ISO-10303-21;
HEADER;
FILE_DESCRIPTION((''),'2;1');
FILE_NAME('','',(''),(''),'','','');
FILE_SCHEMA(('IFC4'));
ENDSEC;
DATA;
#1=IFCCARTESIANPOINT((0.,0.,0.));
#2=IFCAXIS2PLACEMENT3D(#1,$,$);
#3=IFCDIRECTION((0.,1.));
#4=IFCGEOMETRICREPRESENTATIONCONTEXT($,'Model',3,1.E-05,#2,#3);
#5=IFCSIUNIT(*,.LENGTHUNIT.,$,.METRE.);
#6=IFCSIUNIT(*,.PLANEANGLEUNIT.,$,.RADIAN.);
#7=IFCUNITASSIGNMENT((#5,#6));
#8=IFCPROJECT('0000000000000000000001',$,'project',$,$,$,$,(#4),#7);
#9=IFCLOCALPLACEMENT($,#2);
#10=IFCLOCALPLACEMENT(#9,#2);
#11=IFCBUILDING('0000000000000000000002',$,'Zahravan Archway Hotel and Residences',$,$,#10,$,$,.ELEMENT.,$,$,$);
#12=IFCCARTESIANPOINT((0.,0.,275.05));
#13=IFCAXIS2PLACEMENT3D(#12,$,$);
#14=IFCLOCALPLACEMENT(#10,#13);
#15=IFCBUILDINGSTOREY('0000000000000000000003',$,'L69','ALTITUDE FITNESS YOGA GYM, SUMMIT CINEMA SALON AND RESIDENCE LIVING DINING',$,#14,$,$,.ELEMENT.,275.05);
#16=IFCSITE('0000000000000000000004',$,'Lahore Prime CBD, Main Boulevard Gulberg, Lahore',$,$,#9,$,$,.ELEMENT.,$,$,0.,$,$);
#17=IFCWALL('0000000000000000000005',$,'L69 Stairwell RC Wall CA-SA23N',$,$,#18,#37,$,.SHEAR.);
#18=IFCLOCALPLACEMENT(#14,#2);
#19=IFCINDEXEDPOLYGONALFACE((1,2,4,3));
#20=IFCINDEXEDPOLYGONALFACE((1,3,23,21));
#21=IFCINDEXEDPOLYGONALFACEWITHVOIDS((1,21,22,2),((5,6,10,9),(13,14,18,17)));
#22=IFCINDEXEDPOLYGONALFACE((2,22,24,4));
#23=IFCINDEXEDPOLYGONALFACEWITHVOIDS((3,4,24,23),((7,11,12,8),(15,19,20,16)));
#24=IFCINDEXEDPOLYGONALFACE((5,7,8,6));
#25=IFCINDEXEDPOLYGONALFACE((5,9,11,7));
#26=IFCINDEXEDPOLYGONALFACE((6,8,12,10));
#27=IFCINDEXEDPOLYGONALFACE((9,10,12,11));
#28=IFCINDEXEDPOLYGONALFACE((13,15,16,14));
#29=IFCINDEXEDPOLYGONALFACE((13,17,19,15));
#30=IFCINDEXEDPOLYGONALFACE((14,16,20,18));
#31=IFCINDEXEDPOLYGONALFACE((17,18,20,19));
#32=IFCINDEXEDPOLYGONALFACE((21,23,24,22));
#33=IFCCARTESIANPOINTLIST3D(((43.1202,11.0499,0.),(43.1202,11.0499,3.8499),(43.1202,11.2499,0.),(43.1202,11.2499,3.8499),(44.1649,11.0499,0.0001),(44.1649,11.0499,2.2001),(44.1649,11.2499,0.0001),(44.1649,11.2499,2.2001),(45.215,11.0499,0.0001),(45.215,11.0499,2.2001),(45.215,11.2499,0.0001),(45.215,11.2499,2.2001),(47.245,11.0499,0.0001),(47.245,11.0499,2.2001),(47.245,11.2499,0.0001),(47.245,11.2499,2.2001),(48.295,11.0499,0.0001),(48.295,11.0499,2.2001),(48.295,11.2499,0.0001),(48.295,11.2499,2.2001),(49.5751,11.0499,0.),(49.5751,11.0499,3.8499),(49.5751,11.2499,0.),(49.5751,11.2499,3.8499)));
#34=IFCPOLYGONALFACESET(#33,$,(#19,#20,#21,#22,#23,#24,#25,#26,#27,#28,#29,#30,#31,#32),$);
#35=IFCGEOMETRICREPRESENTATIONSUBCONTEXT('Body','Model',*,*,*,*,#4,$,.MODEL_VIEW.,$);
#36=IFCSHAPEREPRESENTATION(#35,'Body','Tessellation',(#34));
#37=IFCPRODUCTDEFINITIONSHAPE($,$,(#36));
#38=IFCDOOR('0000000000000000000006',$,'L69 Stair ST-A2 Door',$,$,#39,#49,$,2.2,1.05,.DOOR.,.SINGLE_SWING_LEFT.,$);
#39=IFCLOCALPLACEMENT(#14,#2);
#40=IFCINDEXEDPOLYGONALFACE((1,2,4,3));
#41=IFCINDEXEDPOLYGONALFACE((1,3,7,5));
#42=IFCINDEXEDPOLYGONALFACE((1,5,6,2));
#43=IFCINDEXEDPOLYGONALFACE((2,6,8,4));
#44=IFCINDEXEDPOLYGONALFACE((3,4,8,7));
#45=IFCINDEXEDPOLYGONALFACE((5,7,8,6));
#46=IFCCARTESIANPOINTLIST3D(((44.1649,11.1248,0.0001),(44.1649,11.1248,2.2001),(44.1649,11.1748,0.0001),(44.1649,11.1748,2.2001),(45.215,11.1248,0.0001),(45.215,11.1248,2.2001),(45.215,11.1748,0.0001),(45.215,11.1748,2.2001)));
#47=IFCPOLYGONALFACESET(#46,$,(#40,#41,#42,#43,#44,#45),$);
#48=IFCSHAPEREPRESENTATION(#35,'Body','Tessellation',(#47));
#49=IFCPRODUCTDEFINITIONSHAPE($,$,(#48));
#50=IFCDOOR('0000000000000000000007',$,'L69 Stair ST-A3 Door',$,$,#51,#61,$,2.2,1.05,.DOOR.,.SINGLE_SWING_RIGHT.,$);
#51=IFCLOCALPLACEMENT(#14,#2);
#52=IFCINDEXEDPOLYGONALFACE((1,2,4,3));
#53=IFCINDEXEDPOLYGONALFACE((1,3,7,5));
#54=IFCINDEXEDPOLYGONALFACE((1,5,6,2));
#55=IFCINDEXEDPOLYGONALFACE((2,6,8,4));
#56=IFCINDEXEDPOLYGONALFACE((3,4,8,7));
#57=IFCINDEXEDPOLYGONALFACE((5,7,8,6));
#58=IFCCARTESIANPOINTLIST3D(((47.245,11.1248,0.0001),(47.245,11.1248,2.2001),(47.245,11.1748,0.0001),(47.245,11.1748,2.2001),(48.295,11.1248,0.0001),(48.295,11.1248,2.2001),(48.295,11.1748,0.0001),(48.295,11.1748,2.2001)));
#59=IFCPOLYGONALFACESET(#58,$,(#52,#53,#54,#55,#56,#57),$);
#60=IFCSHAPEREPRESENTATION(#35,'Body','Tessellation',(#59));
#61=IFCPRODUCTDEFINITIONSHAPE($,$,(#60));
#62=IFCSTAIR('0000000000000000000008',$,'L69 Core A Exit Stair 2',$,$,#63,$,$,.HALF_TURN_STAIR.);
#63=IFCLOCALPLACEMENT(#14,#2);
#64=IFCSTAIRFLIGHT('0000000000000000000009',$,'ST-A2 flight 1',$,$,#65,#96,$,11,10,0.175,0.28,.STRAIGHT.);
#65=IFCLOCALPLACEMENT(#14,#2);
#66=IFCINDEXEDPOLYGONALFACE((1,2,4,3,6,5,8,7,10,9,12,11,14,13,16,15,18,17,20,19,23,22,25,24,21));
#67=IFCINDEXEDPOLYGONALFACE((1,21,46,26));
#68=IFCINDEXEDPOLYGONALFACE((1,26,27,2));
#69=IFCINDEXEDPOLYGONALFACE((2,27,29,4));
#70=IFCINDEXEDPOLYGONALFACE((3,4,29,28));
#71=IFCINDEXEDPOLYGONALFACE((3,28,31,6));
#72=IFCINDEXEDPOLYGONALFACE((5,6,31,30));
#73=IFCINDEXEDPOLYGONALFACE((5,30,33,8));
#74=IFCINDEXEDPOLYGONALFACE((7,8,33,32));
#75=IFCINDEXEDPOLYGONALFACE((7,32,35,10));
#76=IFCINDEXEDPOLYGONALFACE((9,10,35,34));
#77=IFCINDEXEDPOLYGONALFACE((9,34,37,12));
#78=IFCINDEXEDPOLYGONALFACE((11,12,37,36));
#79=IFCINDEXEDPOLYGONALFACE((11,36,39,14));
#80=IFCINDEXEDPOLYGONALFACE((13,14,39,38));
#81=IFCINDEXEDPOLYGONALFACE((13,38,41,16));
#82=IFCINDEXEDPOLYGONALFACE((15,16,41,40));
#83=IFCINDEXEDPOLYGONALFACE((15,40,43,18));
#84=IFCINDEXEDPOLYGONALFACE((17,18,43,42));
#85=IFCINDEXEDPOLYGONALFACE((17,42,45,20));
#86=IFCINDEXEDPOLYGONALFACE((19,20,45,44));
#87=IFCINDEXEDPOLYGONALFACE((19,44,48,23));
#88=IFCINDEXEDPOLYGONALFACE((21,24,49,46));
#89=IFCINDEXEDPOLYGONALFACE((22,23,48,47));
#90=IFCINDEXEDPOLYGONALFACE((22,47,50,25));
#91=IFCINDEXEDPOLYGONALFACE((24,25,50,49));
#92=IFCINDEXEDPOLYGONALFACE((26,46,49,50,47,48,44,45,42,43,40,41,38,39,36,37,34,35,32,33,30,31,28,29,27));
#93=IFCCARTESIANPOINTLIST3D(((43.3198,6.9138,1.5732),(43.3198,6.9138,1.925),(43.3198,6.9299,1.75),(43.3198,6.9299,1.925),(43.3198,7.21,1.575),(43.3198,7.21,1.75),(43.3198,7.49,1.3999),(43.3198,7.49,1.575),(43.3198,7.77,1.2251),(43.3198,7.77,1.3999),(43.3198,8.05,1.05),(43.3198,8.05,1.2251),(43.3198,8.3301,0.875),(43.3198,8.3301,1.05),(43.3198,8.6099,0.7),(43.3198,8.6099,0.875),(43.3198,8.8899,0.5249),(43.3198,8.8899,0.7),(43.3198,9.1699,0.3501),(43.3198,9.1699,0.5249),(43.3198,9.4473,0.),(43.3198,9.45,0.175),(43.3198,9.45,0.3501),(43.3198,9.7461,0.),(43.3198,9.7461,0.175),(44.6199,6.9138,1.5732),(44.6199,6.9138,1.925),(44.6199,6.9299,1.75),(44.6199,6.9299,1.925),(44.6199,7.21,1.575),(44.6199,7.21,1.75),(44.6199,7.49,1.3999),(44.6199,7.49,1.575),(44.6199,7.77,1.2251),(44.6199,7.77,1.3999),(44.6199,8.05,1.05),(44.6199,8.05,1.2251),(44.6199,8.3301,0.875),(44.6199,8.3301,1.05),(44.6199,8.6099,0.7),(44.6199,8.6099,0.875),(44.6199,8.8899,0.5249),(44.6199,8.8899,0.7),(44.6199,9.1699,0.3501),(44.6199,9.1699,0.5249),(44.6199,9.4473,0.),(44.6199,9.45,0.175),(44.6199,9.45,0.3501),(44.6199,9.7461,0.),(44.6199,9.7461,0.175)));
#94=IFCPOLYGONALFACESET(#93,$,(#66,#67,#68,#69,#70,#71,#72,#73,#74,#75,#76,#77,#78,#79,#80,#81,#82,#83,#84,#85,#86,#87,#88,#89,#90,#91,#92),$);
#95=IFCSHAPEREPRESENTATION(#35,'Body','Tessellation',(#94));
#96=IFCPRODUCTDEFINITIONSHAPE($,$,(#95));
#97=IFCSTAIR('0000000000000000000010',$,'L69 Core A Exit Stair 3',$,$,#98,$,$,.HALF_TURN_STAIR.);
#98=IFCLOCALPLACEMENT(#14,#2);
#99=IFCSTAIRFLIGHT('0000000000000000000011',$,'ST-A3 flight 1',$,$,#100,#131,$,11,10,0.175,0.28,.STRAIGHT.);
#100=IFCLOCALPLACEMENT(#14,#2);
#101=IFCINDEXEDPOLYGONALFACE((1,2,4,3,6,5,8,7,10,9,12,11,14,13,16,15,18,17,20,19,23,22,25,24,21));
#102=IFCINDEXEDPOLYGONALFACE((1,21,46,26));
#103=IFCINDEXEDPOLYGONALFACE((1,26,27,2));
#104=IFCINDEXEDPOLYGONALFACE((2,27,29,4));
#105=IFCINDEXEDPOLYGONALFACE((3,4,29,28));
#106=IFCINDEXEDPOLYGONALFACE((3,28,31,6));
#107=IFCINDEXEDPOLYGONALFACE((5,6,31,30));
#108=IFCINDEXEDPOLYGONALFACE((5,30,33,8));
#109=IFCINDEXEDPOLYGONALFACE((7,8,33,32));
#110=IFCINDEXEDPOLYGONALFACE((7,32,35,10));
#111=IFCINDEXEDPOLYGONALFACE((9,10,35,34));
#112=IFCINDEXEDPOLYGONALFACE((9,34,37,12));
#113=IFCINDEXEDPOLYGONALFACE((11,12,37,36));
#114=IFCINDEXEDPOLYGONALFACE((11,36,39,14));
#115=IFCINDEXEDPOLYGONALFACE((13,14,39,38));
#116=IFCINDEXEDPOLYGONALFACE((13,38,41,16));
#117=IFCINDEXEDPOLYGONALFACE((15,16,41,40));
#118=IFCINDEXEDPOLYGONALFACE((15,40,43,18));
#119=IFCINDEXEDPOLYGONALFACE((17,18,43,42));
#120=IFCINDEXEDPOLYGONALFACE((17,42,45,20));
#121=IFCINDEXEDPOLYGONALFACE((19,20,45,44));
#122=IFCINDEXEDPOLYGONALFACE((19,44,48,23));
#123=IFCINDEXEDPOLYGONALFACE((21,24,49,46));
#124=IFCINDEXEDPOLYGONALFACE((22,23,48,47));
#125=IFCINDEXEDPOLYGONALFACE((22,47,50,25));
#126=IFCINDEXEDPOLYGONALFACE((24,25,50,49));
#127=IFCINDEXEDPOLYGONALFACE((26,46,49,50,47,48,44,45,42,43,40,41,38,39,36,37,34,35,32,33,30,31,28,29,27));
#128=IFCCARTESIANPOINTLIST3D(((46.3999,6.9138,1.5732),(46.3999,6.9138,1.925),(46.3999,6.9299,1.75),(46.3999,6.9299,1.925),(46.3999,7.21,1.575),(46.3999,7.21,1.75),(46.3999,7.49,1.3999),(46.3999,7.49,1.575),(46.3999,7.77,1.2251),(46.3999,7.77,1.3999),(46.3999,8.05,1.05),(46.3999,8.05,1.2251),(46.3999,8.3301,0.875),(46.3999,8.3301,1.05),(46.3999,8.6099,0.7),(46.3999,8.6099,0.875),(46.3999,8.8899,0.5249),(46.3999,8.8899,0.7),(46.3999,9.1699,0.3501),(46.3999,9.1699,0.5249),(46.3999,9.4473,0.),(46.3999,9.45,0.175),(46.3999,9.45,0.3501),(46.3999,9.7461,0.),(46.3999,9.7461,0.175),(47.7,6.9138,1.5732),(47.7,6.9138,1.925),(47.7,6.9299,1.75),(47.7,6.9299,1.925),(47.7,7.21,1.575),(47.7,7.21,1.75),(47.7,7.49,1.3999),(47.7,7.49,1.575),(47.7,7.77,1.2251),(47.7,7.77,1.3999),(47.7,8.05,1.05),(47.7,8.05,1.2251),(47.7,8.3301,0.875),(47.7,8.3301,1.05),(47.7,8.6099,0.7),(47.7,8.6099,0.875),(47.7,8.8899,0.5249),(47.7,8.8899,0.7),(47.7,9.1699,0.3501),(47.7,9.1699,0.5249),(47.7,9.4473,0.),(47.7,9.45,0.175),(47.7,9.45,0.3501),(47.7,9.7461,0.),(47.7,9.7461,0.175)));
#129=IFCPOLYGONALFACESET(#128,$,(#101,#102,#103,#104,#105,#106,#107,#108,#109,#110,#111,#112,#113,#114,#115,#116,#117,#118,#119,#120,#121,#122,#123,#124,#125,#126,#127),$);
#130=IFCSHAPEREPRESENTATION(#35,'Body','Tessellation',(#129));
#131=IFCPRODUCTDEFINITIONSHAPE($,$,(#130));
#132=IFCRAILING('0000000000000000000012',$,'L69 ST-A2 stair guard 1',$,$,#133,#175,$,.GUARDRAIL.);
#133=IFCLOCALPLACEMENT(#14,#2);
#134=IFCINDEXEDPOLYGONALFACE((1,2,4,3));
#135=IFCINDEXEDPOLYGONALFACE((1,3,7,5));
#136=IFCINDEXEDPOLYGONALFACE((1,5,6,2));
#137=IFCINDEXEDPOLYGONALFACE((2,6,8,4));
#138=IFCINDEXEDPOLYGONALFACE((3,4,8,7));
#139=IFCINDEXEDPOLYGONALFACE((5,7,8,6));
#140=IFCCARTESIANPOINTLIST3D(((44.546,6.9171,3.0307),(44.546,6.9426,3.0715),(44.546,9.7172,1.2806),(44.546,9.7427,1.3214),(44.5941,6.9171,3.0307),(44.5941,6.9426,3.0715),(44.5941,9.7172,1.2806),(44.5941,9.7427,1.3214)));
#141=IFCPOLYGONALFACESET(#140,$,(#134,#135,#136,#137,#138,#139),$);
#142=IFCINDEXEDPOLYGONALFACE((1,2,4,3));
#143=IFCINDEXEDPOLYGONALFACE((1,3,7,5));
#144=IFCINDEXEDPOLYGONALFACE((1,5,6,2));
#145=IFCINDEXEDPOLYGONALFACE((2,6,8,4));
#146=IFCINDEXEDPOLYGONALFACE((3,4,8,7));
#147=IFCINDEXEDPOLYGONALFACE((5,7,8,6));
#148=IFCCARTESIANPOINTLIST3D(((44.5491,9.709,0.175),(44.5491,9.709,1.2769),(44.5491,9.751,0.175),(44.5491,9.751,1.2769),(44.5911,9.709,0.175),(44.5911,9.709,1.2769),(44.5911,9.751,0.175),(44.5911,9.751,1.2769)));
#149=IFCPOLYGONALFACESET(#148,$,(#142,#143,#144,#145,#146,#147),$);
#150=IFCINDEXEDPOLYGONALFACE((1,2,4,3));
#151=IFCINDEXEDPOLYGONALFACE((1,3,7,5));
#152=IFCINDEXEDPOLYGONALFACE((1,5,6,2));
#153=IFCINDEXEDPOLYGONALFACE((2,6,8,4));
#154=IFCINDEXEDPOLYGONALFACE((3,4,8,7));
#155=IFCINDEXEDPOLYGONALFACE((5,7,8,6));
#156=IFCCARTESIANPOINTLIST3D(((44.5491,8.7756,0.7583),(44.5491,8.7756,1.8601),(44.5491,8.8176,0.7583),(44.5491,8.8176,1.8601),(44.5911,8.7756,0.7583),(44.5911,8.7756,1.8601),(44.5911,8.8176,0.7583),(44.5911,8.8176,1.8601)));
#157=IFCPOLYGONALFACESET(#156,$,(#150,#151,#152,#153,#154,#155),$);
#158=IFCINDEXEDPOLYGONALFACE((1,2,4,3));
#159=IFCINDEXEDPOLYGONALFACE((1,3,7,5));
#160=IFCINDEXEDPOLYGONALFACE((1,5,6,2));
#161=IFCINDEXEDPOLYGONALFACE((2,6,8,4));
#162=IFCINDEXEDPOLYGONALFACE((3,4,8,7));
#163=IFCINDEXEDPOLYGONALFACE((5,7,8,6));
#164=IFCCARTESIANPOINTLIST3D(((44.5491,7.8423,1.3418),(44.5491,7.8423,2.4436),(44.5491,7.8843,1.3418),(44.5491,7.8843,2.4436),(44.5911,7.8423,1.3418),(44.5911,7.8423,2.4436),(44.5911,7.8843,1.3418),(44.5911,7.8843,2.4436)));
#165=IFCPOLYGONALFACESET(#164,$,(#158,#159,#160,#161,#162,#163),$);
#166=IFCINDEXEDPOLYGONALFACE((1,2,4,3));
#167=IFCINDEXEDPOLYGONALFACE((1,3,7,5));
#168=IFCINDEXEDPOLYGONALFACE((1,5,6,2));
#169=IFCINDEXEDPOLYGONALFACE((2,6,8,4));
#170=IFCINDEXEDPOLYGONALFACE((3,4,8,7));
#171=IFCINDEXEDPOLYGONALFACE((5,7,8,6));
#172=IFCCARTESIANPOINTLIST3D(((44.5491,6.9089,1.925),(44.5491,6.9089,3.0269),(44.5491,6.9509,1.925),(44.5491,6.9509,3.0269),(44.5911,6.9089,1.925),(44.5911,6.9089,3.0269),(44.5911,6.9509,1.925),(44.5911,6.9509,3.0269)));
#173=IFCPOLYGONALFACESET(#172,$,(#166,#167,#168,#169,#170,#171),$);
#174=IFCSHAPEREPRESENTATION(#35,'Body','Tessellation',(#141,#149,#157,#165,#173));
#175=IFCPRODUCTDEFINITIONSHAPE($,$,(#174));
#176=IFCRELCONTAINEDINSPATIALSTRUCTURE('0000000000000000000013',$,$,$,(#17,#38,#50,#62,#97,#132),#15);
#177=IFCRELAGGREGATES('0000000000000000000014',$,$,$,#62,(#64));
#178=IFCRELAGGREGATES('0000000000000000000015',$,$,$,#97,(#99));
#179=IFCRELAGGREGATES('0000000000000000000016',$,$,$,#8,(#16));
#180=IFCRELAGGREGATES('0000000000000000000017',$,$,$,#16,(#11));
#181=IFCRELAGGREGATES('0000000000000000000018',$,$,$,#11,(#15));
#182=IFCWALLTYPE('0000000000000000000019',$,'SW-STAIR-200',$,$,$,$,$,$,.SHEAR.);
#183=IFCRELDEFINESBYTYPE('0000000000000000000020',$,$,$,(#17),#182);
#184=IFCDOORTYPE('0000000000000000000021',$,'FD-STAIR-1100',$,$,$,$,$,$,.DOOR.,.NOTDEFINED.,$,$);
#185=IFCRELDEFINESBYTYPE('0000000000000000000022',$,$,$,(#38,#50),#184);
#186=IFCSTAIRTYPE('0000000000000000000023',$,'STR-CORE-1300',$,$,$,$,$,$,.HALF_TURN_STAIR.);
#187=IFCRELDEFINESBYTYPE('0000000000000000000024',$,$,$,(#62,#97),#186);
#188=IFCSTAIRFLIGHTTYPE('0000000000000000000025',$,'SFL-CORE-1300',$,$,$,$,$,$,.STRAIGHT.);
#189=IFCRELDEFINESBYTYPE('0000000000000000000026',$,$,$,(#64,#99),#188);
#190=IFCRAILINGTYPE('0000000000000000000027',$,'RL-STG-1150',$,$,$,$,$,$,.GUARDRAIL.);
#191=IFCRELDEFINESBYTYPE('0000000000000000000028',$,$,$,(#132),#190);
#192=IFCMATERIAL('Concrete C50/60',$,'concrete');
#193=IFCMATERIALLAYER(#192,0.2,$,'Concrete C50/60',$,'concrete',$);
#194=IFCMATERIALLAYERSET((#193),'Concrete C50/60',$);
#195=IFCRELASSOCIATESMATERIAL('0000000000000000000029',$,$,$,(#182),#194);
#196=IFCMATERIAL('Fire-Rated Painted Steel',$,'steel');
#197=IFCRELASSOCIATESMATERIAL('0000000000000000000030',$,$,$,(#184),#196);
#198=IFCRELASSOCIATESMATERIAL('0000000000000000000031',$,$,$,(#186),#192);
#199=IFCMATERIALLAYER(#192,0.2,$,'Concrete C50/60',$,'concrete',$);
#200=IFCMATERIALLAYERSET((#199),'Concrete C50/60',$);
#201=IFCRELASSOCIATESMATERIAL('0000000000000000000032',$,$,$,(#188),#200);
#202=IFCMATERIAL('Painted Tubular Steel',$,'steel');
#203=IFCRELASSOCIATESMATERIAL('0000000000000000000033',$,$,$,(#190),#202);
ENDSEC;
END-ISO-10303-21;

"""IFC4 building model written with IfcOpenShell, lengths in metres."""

from ifc_helpers import new_model, si_unit, direction, frame, frame_2d, origin, origin_2d, place, context, subcontext, project, spatial, polyline, rectangle, outline, extrude, source, transform, mapped, material, layer, layer_set, type_object, type_shapes, element, fill, aggregate, save


model = new_model("IFC4")

# Units and contexts
model_context = context("Model", 3, precision=1e-05, world=origin(), true_north=direction((0.0, 1.0)))
body_context = subcontext(model_context, "Body", "Model", "MODEL_VIEW")
ifc_project = project(units=[si_unit("LENGTHUNIT", "METRE"), si_unit("PLANEANGLEUNIT", "RADIAN")], contexts=[model_context])

# Site, building, storey
site_placement = place(None, origin())
site = spatial("IfcSite", under=ifc_project, at=site_placement, Name="Lahore Prime CBD, Main Boulevard Gulberg, Lahore", CompositionType="ELEMENT", RefElevation=0.0)
building_placement = place(site_placement, origin())
building = spatial("IfcBuilding", under=site, at=building_placement, Name="Zahravan Archway Hotel and Residences", CompositionType="ELEMENT")
storey_placement = place(building_placement, frame((0.0, 0.0, 275.05)))
storey = spatial("IfcBuildingStorey", under=building, at=storey_placement, Name="L69", Description="ALTITUDE FITNESS YOGA GYM, SUMMIT CINEMA SALON AND RESIDENCE LIVING DINING", CompositionType="ELEMENT", Elevation=275.05)

# Shared definitions
ifc_material_1 = material(Name="Concrete C50/60", Category="concrete")

# Shared definitions
ifc_material_2 = material(Name="Fire-Rated Painted Steel", Category="steel")

# Wall, openings, doors
ifc_layer_1 = layer(ifc_material_1, 0.2, Name="Concrete C50/60", Category="concrete")
ifc_layer_set_1 = layer_set([ifc_layer_1], Name="Concrete C50/60")
wall_type_1 = type_object("IfcWallType", Name="SW-STAIR-200", PredefinedType="SHEAR", material=ifc_layer_set_1)
wall_1_placement = place(storey_placement, frame((43.1201, 11.1499, 0.0), z_axis=(0.0, 0.0, 1.0), x_axis=(1.0, 0.0, 0.0)))
wall_1 = element("IfcWall", 1, at=wall_1_placement, inside=storey, type_object=wall_type_1, Name="L69 Stairwell RC Wall CA-SA23N", PredefinedType="SHEAR", context=body_context, shape_type="SweptSolid", body=[
    extrude(rectangle(XDim=6.4548, YDim=0.2, at=frame_2d((3.2275, 0.0))), origin(), (0.0, 0.0, 1.0), 3.8499),
])
opening_1_placement = place(wall_1_placement, frame((1.0449, 0.0, 0.0)))
opening_1 = element("IfcOpeningElement", 2, at=opening_1_placement, cuts=wall_1, PredefinedType="OPENING", context=body_context, shape_type="SweptSolid", body=[
    extrude(rectangle(XDim=1.05, YDim=2.2, at=frame_2d((0.5249, 1.1001))), frame((0.0, 0.1099, 0.0), z_axis=(0.0, -1.0, 0.0), x_axis=(1.0, 0.0, 0.0)), (0.0, 0.0, 1.0), 0.22),
])
opening_2_placement = place(wall_1_placement, frame((4.125, 0.0, 0.0)))
opening_2 = element("IfcOpeningElement", 3, at=opening_2_placement, cuts=wall_1, PredefinedType="OPENING", context=body_context, shape_type="SweptSolid", body=[
    extrude(rectangle(XDim=1.05, YDim=2.2, at=frame_2d((0.5249, 1.1001))), frame((0.0, 0.1099, 0.0), z_axis=(0.0, -1.0, 0.0), x_axis=(1.0, 0.0, 0.0)), (0.0, 0.0, 1.0), 0.22),
])
door_type_1 = type_object("IfcDoorType", Name="FD-STAIR-1100", OperationType="NOTDEFINED", PredefinedType="DOOR", material=ifc_material_2)
shared_shape_1 = source(origin(), body_context, "Body", "SweptSolid", [
    extrude(rectangle(XDim=1.05, YDim=2.2, at=frame_2d((0.5249, 1.1001))), frame((0.0, 0.0249, 0.0), z_axis=(0.0, -1.0, 0.0), x_axis=(1.0, 0.0, 0.0)), (0.0, 0.0, 1.0), 0.05),
])
type_shapes(door_type_1, [shared_shape_1])
door_1_placement = place(opening_1_placement, origin())
door_1 = element("IfcDoor", 4, at=door_1_placement, inside=storey, type_object=door_type_1, Name="L69 Stair ST-A2 Door", OperationType="SINGLE_SWING_LEFT", OverallHeight=2.2, OverallWidth=1.05, PredefinedType="DOOR", context=body_context, shape_type="MappedRepresentation", body=[
    mapped(shared_shape_1, transform((0.0, 0.0, 0.0), scale=1.0)),
])
fill(opening_1, door_1)
door_2_placement = place(opening_2_placement, origin())
door_2 = element("IfcDoor", 5, at=door_2_placement, inside=storey, type_object=door_type_1, Name="L69 Stair ST-A3 Door", OperationType="SINGLE_SWING_RIGHT", OverallHeight=2.2, OverallWidth=1.05, PredefinedType="DOOR", context=body_context, shape_type="MappedRepresentation", body=[
    mapped(shared_shape_1, transform((0.0, 0.0, 0.0), scale=1.0)),
])
fill(opening_2, door_2)

# Stairs, stair flights
stair_type = type_object("IfcStairType", Name="STR-CORE-1300", PredefinedType="HALF_TURN_STAIR", material=ifc_material_1)
stair_1_placement = place(storey_placement, origin())
stair_1 = element("IfcStair", 6, at=stair_1_placement, inside=storey, type_object=stair_type, Name="L69 Core A Exit Stair 2", PredefinedType="HALF_TURN_STAIR")
ifc_layer_2 = layer(ifc_material_1, 0.2, Name="Concrete C50/60", Category="concrete")
ifc_layer_set_2 = layer_set([ifc_layer_2], Name="Concrete C50/60")
stair_flight_type = type_object("IfcStairFlightType", Name="SFL-CORE-1300", PredefinedType="STRAIGHT", material=ifc_layer_set_2)
shared_shape_2 = source(origin(), body_context, "Body", "SweptSolid", [
    extrude(outline(polyline([(-0.0161, 0.0), (-0.0161, 0.175), (0.28, 0.175), (0.28, 0.3501), (0.5601, 0.3501), (0.5601, 0.5249), (0.8401, 0.5249), (0.8401, 0.7), (1.1201, 0.7), (1.1201, 0.875), (1.3999, 0.875), (1.3999, 1.05), (1.6799, 1.05), (1.6799, 1.2251), (1.96, 1.2251), (1.96, 1.3999), (2.24, 1.3999), (2.24, 1.575), (2.52, 1.575), (2.52, 1.75), (2.8, 1.75), (2.8, 1.925), (2.8162, 1.925), (2.8162, 1.5732), (0.2827, 0.0), (-0.0161, 0.0)])), frame((0.0, 0.6499, 0.0), z_axis=(0.0, -1.0, 0.0), x_axis=(1.0, 0.0, 0.0)), (0.0, 0.0, 1.0), 1.3),
])
stair_flight_1_placement = place(storey_placement, frame((43.97, 9.73, 0.0), z_axis=(0.0, 0.0, 1.0), x_axis=(0.0, -1.0, 0.0)))
stair_flight_1 = element("IfcStairFlight", 7, at=stair_flight_1_placement, type_object=stair_flight_type, Name="ST-A2 flight 1", NumberOfRisers=11, NumberOfTreads=10, PredefinedType="STRAIGHT", RiserHeight=0.175, TreadLength=0.28, context=body_context, shape_type="MappedRepresentation", body=[
    mapped(shared_shape_2, transform((0.0, 0.0, 0.0), scale=1.0)),
])
aggregate(stair_1, [stair_flight_1])
stair_2_placement = place(storey_placement, origin())
stair_2 = element("IfcStair", 8, at=stair_2_placement, inside=storey, type_object=stair_type, Name="L69 Core A Exit Stair 3", PredefinedType="HALF_TURN_STAIR")
stair_flight_2_placement = place(storey_placement, frame((47.05, 9.73, 0.0), z_axis=(0.0, 0.0, 1.0), x_axis=(0.0, -1.0, 0.0)))
stair_flight_2 = element("IfcStairFlight", 9, at=stair_flight_2_placement, type_object=stair_flight_type, Name="ST-A3 flight 1", NumberOfRisers=11, NumberOfTreads=10, PredefinedType="STRAIGHT", RiserHeight=0.175, TreadLength=0.28, context=body_context, shape_type="MappedRepresentation", body=[
    mapped(shared_shape_2, transform((0.0, 0.0, 0.0), scale=1.0)),
])
aggregate(stair_2, [stair_flight_2])

# Railing
ifc_material_3 = material(Name="Painted Tubular Steel", Category="steel")
railing_type_1 = type_object("IfcRailingType", Name="RL-STG-1150", PredefinedType="GUARDRAIL", material=ifc_material_3)
railing_1_placement = place(storey_placement, frame((44.5701, 9.73, 0.175)))
element("IfcRailing", 10, at=railing_1_placement, inside=storey, type_object=railing_type_1, Name="L69 ST-A2 stair guard 1", PredefinedType="GUARDRAIL", context=body_context, shape_type="SweptSolid", body=[
    extrude(rectangle(XDim=0.0481, YDim=0.0481, at=origin_2d()), frame((0.0, 0.0, 1.126), z_axis=(0.0, -0.848002, 0.529992), x_axis=(1.0, 0.0, 0.0)), (0.0, 0.0, 1.0), 3.302),
    extrude(rectangle(XDim=0.042, YDim=0.042, at=origin_2d()), origin(), (0.0, 0.0, 1.0), 1.1018),
    extrude(rectangle(XDim=0.042, YDim=0.042, at=origin_2d()), frame((0.0, -0.9333, 0.5833)), (0.0, 0.0, 1.0), 1.1018),
    extrude(rectangle(XDim=0.042, YDim=0.042, at=origin_2d()), frame((0.0, -1.8667, 1.1667)), (0.0, 0.0, 1.0), 1.1018),
    extrude(rectangle(XDim=0.042, YDim=0.042, at=origin_2d()), frame((0.0, -2.8, 1.75)), (0.0, 0.0, 1.0), 1.1018),
])

save(model, "model.ifc")
